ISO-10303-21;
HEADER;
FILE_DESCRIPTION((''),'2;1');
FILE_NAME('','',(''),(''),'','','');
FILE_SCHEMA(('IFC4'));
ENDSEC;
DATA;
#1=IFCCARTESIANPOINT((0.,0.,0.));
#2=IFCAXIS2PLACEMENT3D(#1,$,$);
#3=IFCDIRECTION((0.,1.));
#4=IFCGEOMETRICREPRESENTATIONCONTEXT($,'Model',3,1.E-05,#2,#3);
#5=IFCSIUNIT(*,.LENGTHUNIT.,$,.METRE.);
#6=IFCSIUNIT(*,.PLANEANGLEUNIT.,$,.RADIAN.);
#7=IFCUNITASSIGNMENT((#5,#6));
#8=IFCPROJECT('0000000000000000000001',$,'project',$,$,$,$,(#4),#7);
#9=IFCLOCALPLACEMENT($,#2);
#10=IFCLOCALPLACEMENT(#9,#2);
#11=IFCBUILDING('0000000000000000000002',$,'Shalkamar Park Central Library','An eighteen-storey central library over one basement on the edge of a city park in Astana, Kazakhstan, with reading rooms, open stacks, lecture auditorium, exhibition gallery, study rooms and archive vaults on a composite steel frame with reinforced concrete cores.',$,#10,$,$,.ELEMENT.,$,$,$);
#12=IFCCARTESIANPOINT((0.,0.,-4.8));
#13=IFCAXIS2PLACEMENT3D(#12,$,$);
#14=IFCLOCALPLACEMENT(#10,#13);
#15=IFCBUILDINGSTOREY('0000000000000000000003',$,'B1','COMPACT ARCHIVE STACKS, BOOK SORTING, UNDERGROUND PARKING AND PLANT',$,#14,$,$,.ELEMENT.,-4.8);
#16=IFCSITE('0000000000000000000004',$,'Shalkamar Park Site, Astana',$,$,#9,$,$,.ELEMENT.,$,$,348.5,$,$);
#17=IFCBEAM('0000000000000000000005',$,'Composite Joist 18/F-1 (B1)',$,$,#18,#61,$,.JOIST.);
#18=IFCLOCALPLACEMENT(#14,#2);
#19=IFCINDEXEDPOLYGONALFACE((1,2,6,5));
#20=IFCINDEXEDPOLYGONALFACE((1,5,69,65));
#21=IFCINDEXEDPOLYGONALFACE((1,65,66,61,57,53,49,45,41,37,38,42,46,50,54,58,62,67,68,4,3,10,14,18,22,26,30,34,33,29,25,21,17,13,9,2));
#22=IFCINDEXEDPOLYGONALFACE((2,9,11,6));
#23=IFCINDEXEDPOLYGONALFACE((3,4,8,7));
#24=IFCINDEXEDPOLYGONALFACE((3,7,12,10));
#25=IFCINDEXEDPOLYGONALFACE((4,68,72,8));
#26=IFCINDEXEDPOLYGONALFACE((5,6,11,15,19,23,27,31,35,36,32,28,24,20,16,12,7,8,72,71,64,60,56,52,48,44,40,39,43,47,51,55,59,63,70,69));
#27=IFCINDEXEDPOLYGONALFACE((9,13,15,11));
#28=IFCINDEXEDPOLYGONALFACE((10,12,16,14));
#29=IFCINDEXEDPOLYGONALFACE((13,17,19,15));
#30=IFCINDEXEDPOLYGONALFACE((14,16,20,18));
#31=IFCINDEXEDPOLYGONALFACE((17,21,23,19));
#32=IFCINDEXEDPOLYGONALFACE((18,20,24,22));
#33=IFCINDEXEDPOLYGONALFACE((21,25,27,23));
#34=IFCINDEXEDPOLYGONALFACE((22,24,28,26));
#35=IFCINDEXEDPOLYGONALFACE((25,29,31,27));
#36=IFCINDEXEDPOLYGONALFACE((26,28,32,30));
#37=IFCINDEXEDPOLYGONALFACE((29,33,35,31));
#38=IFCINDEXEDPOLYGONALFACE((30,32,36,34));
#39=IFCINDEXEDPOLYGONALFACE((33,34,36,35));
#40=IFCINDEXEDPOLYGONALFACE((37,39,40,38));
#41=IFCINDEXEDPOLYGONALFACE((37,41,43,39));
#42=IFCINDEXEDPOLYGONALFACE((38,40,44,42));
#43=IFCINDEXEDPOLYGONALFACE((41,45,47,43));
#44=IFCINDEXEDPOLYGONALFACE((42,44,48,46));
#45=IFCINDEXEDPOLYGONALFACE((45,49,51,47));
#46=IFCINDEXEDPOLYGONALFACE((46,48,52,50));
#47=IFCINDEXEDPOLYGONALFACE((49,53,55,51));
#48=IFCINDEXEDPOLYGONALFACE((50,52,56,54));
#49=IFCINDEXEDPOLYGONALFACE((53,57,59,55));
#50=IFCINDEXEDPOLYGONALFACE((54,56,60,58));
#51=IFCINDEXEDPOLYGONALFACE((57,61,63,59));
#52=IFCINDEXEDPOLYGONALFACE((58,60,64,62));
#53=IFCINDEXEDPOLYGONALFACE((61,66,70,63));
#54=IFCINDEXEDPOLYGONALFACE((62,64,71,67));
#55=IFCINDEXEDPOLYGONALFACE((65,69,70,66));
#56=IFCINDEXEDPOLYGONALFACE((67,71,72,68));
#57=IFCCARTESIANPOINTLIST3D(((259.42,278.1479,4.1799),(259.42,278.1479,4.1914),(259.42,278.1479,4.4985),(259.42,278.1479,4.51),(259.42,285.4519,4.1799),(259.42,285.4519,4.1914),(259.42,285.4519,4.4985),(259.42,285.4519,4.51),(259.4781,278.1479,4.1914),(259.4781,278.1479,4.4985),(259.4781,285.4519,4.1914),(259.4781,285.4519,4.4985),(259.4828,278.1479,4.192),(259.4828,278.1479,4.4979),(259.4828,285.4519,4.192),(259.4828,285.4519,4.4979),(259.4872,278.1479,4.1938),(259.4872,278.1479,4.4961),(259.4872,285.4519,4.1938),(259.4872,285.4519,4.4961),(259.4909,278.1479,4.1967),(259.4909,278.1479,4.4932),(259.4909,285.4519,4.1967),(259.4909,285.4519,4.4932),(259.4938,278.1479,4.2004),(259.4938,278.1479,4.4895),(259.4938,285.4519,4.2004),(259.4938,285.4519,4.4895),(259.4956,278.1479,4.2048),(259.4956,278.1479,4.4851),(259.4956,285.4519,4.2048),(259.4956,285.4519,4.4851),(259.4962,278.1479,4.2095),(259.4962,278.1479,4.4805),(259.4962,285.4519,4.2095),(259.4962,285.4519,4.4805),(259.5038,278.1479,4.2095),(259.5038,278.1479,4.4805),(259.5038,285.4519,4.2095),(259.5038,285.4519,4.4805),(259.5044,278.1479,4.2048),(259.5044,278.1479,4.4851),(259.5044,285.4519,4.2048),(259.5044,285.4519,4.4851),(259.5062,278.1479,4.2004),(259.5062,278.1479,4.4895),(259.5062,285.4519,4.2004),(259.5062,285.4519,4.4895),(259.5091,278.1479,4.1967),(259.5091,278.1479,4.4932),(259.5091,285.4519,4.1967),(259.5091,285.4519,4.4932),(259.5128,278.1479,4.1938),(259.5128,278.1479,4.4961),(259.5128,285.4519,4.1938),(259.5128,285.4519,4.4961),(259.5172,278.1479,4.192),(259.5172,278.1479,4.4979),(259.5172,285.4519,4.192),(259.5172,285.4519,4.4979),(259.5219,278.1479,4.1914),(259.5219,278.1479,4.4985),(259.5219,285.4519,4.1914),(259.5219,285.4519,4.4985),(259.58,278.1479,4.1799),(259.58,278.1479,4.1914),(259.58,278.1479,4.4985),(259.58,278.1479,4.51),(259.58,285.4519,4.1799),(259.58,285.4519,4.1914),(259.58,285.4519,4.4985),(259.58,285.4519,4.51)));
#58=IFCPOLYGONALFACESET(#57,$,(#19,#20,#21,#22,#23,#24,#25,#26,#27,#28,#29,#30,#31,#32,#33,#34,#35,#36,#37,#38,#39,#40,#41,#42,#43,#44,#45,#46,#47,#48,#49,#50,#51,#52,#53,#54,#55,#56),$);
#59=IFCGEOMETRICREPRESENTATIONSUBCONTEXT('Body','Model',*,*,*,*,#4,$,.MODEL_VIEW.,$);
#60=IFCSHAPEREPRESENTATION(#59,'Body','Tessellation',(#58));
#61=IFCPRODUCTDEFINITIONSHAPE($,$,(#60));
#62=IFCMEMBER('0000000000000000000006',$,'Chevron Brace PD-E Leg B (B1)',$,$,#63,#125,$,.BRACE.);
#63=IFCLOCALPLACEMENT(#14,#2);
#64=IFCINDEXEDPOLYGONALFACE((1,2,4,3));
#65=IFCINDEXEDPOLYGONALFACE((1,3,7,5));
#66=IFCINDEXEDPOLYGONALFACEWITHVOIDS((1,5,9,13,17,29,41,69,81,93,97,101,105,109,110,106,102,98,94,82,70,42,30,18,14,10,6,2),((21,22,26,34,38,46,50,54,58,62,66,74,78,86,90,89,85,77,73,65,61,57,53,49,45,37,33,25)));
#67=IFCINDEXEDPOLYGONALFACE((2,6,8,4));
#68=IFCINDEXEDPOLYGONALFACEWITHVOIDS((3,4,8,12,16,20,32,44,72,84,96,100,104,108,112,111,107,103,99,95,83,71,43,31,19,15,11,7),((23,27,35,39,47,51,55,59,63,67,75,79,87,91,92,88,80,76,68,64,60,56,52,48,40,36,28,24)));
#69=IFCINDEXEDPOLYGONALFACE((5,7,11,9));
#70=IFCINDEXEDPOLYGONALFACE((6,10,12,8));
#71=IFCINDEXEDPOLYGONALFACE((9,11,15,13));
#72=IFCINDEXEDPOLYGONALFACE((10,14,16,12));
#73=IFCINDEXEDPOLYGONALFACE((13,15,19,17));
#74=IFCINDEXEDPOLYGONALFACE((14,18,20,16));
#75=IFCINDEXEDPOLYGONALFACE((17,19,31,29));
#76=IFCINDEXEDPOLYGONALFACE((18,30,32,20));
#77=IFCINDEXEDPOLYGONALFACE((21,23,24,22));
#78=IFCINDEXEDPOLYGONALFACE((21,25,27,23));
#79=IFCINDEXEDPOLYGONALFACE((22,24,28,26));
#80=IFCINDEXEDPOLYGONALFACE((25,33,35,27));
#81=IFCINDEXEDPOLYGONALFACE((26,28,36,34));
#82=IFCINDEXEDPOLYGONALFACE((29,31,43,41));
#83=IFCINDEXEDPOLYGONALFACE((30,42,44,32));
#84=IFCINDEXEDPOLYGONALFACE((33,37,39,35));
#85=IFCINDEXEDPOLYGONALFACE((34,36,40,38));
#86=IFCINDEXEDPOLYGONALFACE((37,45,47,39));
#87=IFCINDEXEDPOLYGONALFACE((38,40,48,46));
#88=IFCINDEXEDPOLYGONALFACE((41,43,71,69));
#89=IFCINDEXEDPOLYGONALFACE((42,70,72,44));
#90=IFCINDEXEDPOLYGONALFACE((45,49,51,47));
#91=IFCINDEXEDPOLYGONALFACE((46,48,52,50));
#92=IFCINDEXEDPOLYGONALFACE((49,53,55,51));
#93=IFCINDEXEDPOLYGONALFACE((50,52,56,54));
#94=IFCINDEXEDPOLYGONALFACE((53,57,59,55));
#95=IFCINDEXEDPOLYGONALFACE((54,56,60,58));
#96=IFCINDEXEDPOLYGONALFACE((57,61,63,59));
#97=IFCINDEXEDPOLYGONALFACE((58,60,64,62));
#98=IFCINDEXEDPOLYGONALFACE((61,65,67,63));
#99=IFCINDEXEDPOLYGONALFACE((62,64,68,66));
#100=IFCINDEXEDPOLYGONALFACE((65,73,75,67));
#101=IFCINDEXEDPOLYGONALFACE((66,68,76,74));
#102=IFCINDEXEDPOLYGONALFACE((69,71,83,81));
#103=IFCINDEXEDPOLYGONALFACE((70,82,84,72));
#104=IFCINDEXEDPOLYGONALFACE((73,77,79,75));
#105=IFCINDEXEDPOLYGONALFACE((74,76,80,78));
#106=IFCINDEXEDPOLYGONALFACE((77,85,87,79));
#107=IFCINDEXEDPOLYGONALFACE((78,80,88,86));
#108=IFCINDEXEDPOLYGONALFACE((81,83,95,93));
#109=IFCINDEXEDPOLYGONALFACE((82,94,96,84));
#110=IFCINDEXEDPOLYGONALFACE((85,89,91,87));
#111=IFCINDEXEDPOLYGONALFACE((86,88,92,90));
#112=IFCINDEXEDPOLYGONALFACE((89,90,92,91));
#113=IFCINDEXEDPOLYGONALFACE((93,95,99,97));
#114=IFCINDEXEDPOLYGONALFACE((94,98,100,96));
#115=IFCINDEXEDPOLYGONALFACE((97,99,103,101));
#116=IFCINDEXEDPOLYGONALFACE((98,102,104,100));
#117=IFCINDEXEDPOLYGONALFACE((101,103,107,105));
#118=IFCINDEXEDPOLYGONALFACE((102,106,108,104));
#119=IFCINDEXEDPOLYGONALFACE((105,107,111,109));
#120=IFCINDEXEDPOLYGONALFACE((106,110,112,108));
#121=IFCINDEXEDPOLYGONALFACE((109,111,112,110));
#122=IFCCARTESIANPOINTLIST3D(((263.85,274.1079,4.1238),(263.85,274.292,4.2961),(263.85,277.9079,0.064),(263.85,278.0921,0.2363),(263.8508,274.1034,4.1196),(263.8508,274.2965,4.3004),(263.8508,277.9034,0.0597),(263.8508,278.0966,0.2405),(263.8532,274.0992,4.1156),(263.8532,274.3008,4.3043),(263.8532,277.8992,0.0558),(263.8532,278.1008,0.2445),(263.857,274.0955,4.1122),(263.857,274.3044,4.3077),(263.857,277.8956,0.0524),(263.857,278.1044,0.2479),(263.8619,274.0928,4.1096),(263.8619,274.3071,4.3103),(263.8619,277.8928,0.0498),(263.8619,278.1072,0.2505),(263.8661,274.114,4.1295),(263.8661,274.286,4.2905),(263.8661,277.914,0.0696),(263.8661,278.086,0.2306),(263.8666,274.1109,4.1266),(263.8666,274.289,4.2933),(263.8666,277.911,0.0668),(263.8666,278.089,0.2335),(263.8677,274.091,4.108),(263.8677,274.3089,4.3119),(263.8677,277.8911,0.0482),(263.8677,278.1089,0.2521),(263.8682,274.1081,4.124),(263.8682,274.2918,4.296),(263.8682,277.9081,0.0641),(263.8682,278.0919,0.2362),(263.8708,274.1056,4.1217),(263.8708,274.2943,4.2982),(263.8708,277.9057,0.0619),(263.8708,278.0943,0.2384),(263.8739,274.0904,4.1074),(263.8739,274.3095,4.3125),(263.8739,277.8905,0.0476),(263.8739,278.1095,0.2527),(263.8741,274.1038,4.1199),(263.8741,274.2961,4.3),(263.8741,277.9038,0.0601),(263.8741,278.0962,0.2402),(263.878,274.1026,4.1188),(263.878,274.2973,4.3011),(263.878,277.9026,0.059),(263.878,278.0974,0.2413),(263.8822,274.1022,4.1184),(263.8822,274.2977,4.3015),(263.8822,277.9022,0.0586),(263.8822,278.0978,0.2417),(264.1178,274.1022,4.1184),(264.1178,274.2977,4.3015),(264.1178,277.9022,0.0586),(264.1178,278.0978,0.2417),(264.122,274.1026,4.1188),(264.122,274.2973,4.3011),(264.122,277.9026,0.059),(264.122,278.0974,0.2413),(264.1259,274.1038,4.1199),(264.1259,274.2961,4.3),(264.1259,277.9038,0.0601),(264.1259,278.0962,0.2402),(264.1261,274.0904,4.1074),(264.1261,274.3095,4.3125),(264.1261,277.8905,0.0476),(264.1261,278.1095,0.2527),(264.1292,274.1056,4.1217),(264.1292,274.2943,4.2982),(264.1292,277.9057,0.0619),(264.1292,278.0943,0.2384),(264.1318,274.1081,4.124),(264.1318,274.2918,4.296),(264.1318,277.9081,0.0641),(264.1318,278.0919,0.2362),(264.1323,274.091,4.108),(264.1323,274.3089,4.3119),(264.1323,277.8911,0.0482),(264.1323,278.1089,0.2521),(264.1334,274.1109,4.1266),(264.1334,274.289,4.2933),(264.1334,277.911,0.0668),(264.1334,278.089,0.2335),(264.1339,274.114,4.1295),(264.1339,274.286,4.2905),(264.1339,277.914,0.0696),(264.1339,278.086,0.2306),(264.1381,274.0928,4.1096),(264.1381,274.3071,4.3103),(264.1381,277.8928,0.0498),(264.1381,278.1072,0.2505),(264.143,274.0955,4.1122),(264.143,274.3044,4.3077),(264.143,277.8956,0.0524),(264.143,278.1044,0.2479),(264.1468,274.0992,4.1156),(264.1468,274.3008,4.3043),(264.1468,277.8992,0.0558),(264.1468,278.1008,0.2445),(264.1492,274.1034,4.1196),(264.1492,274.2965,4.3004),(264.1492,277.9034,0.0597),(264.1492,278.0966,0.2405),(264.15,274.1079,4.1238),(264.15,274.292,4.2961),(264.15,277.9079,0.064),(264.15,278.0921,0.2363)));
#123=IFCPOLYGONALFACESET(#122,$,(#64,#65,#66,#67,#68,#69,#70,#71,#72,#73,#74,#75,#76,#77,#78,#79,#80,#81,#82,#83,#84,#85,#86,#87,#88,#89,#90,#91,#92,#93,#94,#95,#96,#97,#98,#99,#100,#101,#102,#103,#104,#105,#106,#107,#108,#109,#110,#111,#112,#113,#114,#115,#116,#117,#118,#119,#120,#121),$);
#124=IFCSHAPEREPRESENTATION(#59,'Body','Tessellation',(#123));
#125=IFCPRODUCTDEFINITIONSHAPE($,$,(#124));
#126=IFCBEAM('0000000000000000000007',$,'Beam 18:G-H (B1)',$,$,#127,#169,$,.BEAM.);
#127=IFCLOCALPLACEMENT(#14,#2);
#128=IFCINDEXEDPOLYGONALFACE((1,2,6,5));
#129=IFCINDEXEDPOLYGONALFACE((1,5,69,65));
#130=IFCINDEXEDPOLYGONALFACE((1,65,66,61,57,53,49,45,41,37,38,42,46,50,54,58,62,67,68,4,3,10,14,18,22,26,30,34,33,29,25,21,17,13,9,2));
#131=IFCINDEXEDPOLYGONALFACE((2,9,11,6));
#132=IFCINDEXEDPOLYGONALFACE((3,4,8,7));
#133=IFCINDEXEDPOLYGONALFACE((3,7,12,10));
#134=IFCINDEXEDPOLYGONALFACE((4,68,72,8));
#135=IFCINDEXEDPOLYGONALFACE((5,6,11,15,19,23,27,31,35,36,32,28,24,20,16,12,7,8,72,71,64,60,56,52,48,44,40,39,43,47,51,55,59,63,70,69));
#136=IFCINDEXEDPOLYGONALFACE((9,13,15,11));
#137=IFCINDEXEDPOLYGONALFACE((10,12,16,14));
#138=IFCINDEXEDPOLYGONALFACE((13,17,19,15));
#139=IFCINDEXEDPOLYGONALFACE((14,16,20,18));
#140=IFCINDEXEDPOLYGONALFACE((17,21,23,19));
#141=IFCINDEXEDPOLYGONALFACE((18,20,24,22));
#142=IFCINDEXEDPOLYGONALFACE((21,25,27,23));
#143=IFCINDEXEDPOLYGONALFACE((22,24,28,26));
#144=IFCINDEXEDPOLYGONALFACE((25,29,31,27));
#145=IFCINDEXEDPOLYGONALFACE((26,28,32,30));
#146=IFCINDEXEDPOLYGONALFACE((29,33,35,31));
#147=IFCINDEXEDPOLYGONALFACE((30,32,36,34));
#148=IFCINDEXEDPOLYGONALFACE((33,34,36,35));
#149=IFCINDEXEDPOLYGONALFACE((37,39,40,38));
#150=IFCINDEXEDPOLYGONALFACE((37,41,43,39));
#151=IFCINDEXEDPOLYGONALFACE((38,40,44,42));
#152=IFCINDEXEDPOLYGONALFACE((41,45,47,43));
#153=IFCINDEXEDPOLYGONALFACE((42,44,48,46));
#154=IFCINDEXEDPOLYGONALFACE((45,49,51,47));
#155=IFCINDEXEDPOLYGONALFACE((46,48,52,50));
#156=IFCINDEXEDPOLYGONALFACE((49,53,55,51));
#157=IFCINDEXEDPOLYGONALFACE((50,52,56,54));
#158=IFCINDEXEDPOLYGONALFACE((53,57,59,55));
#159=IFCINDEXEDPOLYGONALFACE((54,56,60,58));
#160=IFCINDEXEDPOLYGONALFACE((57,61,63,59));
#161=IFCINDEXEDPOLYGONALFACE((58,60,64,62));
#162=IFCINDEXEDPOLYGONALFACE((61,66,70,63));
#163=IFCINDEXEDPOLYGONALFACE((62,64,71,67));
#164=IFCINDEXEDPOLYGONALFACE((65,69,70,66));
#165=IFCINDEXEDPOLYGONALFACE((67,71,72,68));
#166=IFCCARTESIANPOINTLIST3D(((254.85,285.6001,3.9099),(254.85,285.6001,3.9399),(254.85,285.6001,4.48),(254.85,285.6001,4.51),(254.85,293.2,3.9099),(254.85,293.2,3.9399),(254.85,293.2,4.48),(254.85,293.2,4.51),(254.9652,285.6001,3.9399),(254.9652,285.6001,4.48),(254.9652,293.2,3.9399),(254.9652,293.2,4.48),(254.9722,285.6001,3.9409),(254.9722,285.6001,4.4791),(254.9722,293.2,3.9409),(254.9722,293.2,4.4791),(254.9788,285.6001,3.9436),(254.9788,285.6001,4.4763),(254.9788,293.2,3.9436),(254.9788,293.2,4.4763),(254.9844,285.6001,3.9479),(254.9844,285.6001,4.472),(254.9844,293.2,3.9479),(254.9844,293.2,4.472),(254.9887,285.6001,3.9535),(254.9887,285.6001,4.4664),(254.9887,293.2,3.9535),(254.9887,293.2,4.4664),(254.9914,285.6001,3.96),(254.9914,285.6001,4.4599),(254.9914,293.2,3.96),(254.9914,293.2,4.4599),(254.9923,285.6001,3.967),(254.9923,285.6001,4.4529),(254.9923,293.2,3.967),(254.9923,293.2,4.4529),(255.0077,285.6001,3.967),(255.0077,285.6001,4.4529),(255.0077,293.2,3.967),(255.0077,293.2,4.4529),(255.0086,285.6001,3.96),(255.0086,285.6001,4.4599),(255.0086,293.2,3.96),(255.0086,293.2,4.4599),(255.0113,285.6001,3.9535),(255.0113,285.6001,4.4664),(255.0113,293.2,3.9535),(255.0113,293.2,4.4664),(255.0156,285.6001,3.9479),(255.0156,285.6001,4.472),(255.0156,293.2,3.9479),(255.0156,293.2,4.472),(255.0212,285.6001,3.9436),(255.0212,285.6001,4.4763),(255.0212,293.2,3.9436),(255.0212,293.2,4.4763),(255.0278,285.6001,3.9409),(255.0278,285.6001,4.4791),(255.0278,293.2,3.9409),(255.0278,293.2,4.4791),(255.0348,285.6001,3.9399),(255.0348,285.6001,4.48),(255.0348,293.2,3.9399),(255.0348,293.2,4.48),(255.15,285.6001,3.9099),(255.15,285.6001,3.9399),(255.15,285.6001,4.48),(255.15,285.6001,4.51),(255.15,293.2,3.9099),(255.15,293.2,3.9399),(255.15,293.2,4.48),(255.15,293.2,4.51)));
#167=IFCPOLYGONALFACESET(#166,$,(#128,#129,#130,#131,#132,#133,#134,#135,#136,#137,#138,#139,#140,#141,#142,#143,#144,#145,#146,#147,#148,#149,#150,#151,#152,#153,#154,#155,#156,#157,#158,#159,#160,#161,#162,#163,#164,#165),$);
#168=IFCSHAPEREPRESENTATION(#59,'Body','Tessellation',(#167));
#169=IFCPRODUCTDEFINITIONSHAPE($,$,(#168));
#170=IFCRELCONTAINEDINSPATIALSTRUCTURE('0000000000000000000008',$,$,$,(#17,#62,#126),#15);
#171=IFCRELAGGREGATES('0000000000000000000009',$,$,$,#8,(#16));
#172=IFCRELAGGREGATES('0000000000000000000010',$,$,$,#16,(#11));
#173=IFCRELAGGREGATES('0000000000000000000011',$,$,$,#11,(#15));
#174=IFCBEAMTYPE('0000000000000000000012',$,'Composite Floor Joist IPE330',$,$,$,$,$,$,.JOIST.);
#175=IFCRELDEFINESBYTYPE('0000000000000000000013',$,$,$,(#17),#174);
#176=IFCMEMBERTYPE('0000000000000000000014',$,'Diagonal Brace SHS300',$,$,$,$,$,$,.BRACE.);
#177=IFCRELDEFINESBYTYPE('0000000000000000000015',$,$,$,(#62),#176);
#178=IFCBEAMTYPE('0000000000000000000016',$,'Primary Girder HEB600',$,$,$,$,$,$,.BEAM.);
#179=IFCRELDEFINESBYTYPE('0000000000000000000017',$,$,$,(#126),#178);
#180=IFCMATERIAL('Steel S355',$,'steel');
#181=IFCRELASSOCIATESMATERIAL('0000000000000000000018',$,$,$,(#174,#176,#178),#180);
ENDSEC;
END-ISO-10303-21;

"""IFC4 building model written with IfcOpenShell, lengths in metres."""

from ifc_helpers import new_model, si_unit, direction, frame, origin, origin_2d, place, context, subcontext, project, spatial, hollow_rectangle, i_section, extrude, material, material_profile, profile_set, type_object, element, save


model = new_model("IFC4")

# Units and contexts
model_context = context("Model", 3, precision=1e-05, world=origin(), true_north=direction((0.0, 1.0)))
body_context = subcontext(model_context, "Body", "Model", "MODEL_VIEW")
ifc_project = project(units=[si_unit("LENGTHUNIT", "METRE"), si_unit("PLANEANGLEUNIT", "RADIAN")], contexts=[model_context])

# Site, building, storey
site_placement = place(None, origin())
site = spatial("IfcSite", under=ifc_project, at=site_placement, Name="Shalkamar Park Site, Astana", CompositionType="ELEMENT", RefElevation=348.5)
building_placement = place(site_placement, origin())
building = spatial("IfcBuilding", under=site, at=building_placement, Name="Shalkamar Park Central Library", Description="An eighteen-storey central library over one basement on the edge of a city park in Astana, Kazakhstan, with reading rooms, open stacks, lecture auditorium, exhibition gallery, study rooms and archive vaults on a composite steel frame with reinforced concrete cores.", CompositionType="ELEMENT")
storey_placement = place(building_placement, frame((0.0, 0.0, -4.8)))
storey = spatial("IfcBuildingStorey", under=building, at=storey_placement, Name="B1", Description="COMPACT ARCHIVE STACKS, BOOK SORTING, UNDERGROUND PARKING AND PLANT", CompositionType="ELEMENT", Elevation=-4.8)

# Shared definitions
ifc_material_1 = material(Name="Steel S355", Category="steel")

# Beam
ifc_material_profile_1 = material_profile(ifc_material_1, i_section(OverallWidth=0.1599, OverallDepth=0.3301, WebThickness=0.0076, FlangeThickness=0.0115, FilletRadius=0.0181, at=origin_2d()), Name="IPE 330")
ifc_profile_set_1 = profile_set([ifc_material_profile_1], Name="Steel S355")
beam_type_1 = type_object("IfcBeamType", Name="Composite Floor Joist IPE330", PredefinedType="JOIST", material=ifc_profile_set_1)
for number, where, z_axis, x_axis, name in (
    (1, (259.5, 278.1479, 4.345), (0.0, 1.0, 0.0), (-1.0, 0.0, 0.0), "Composite Joist 18/F-1 (B1)"),
):
    element("IfcBeam", number, at=place(storey_placement, frame(where, z_axis=z_axis, x_axis=x_axis)), inside=storey, type_object=beam_type_1, Name=name, PredefinedType="JOIST", context=body_context, shape_type="SweptSolid", body=[
        extrude(i_section(OverallWidth=0.1599, OverallDepth=0.3301, WebThickness=0.0076, FlangeThickness=0.0115, FilletRadius=0.0181, at=origin_2d()), origin(), (0.0, 0.0, 1.0), 7.304),
    ])

# Member
ifc_material_profile_2 = material_profile(ifc_material_1, hollow_rectangle(XDim=0.3, YDim=0.3, WallThickness=0.0161, InnerFilletRadius=0.0161, OuterFilletRadius=0.0239, at=origin_2d()), Name="SHS 300x300x16")
ifc_profile_set_2 = profile_set([ifc_material_profile_2], Name="Steel S355")
member_type = type_object("IfcMemberType", Name="Diagonal Brace SHS300", PredefinedType="BRACE", material=ifc_profile_set_2)
member_placement = place(storey_placement, frame((264.0, 278.0, 0.1501), z_axis=(0.0, -0.683364, 0.730078), x_axis=(1.0, 0.0, 0.0)))
element("IfcMember", 2, at=member_placement, inside=storey, type_object=member_type, Name="Chevron Brace PD-E Leg B (B1)", PredefinedType="BRACE", context=body_context, shape_type="SweptSolid", body=[
    extrude(hollow_rectangle(XDim=0.3, YDim=0.3, WallThickness=0.0161, InnerFilletRadius=0.0161, OuterFilletRadius=0.0239, at=origin_2d()), origin(), (0.0, 0.0, 1.0), 5.5608),
])

# Beam
ifc_material_profile_3 = material_profile(ifc_material_1, i_section(OverallWidth=0.3, OverallDepth=0.6001, WebThickness=0.0154, FlangeThickness=0.03, FilletRadius=0.0271, at=origin_2d()), Name="HEB 600")
ifc_profile_set_3 = profile_set([ifc_material_profile_3], Name="Steel S355")
beam_type_2 = type_object("IfcBeamType", Name="Primary Girder HEB600", PredefinedType="BEAM", material=ifc_profile_set_3)
beam_1_placement = place(storey_placement, frame((255.0, 285.6001, 4.21), z_axis=(0.0, 1.0, 0.0), x_axis=(-1.0, 0.0, 0.0)))
element("IfcBeam", 3, at=beam_1_placement, inside=storey, type_object=beam_type_2, Name="Beam 18:G-H (B1)", PredefinedType="BEAM", context=body_context, shape_type="SweptSolid", body=[
    extrude(i_section(OverallWidth=0.3, OverallDepth=0.6001, WebThickness=0.0154, FlangeThickness=0.03, FilletRadius=0.0271, at=origin_2d()), origin(), (0.0, 0.0, 1.0), 7.5999),
])

save(model, "model.ifc")
